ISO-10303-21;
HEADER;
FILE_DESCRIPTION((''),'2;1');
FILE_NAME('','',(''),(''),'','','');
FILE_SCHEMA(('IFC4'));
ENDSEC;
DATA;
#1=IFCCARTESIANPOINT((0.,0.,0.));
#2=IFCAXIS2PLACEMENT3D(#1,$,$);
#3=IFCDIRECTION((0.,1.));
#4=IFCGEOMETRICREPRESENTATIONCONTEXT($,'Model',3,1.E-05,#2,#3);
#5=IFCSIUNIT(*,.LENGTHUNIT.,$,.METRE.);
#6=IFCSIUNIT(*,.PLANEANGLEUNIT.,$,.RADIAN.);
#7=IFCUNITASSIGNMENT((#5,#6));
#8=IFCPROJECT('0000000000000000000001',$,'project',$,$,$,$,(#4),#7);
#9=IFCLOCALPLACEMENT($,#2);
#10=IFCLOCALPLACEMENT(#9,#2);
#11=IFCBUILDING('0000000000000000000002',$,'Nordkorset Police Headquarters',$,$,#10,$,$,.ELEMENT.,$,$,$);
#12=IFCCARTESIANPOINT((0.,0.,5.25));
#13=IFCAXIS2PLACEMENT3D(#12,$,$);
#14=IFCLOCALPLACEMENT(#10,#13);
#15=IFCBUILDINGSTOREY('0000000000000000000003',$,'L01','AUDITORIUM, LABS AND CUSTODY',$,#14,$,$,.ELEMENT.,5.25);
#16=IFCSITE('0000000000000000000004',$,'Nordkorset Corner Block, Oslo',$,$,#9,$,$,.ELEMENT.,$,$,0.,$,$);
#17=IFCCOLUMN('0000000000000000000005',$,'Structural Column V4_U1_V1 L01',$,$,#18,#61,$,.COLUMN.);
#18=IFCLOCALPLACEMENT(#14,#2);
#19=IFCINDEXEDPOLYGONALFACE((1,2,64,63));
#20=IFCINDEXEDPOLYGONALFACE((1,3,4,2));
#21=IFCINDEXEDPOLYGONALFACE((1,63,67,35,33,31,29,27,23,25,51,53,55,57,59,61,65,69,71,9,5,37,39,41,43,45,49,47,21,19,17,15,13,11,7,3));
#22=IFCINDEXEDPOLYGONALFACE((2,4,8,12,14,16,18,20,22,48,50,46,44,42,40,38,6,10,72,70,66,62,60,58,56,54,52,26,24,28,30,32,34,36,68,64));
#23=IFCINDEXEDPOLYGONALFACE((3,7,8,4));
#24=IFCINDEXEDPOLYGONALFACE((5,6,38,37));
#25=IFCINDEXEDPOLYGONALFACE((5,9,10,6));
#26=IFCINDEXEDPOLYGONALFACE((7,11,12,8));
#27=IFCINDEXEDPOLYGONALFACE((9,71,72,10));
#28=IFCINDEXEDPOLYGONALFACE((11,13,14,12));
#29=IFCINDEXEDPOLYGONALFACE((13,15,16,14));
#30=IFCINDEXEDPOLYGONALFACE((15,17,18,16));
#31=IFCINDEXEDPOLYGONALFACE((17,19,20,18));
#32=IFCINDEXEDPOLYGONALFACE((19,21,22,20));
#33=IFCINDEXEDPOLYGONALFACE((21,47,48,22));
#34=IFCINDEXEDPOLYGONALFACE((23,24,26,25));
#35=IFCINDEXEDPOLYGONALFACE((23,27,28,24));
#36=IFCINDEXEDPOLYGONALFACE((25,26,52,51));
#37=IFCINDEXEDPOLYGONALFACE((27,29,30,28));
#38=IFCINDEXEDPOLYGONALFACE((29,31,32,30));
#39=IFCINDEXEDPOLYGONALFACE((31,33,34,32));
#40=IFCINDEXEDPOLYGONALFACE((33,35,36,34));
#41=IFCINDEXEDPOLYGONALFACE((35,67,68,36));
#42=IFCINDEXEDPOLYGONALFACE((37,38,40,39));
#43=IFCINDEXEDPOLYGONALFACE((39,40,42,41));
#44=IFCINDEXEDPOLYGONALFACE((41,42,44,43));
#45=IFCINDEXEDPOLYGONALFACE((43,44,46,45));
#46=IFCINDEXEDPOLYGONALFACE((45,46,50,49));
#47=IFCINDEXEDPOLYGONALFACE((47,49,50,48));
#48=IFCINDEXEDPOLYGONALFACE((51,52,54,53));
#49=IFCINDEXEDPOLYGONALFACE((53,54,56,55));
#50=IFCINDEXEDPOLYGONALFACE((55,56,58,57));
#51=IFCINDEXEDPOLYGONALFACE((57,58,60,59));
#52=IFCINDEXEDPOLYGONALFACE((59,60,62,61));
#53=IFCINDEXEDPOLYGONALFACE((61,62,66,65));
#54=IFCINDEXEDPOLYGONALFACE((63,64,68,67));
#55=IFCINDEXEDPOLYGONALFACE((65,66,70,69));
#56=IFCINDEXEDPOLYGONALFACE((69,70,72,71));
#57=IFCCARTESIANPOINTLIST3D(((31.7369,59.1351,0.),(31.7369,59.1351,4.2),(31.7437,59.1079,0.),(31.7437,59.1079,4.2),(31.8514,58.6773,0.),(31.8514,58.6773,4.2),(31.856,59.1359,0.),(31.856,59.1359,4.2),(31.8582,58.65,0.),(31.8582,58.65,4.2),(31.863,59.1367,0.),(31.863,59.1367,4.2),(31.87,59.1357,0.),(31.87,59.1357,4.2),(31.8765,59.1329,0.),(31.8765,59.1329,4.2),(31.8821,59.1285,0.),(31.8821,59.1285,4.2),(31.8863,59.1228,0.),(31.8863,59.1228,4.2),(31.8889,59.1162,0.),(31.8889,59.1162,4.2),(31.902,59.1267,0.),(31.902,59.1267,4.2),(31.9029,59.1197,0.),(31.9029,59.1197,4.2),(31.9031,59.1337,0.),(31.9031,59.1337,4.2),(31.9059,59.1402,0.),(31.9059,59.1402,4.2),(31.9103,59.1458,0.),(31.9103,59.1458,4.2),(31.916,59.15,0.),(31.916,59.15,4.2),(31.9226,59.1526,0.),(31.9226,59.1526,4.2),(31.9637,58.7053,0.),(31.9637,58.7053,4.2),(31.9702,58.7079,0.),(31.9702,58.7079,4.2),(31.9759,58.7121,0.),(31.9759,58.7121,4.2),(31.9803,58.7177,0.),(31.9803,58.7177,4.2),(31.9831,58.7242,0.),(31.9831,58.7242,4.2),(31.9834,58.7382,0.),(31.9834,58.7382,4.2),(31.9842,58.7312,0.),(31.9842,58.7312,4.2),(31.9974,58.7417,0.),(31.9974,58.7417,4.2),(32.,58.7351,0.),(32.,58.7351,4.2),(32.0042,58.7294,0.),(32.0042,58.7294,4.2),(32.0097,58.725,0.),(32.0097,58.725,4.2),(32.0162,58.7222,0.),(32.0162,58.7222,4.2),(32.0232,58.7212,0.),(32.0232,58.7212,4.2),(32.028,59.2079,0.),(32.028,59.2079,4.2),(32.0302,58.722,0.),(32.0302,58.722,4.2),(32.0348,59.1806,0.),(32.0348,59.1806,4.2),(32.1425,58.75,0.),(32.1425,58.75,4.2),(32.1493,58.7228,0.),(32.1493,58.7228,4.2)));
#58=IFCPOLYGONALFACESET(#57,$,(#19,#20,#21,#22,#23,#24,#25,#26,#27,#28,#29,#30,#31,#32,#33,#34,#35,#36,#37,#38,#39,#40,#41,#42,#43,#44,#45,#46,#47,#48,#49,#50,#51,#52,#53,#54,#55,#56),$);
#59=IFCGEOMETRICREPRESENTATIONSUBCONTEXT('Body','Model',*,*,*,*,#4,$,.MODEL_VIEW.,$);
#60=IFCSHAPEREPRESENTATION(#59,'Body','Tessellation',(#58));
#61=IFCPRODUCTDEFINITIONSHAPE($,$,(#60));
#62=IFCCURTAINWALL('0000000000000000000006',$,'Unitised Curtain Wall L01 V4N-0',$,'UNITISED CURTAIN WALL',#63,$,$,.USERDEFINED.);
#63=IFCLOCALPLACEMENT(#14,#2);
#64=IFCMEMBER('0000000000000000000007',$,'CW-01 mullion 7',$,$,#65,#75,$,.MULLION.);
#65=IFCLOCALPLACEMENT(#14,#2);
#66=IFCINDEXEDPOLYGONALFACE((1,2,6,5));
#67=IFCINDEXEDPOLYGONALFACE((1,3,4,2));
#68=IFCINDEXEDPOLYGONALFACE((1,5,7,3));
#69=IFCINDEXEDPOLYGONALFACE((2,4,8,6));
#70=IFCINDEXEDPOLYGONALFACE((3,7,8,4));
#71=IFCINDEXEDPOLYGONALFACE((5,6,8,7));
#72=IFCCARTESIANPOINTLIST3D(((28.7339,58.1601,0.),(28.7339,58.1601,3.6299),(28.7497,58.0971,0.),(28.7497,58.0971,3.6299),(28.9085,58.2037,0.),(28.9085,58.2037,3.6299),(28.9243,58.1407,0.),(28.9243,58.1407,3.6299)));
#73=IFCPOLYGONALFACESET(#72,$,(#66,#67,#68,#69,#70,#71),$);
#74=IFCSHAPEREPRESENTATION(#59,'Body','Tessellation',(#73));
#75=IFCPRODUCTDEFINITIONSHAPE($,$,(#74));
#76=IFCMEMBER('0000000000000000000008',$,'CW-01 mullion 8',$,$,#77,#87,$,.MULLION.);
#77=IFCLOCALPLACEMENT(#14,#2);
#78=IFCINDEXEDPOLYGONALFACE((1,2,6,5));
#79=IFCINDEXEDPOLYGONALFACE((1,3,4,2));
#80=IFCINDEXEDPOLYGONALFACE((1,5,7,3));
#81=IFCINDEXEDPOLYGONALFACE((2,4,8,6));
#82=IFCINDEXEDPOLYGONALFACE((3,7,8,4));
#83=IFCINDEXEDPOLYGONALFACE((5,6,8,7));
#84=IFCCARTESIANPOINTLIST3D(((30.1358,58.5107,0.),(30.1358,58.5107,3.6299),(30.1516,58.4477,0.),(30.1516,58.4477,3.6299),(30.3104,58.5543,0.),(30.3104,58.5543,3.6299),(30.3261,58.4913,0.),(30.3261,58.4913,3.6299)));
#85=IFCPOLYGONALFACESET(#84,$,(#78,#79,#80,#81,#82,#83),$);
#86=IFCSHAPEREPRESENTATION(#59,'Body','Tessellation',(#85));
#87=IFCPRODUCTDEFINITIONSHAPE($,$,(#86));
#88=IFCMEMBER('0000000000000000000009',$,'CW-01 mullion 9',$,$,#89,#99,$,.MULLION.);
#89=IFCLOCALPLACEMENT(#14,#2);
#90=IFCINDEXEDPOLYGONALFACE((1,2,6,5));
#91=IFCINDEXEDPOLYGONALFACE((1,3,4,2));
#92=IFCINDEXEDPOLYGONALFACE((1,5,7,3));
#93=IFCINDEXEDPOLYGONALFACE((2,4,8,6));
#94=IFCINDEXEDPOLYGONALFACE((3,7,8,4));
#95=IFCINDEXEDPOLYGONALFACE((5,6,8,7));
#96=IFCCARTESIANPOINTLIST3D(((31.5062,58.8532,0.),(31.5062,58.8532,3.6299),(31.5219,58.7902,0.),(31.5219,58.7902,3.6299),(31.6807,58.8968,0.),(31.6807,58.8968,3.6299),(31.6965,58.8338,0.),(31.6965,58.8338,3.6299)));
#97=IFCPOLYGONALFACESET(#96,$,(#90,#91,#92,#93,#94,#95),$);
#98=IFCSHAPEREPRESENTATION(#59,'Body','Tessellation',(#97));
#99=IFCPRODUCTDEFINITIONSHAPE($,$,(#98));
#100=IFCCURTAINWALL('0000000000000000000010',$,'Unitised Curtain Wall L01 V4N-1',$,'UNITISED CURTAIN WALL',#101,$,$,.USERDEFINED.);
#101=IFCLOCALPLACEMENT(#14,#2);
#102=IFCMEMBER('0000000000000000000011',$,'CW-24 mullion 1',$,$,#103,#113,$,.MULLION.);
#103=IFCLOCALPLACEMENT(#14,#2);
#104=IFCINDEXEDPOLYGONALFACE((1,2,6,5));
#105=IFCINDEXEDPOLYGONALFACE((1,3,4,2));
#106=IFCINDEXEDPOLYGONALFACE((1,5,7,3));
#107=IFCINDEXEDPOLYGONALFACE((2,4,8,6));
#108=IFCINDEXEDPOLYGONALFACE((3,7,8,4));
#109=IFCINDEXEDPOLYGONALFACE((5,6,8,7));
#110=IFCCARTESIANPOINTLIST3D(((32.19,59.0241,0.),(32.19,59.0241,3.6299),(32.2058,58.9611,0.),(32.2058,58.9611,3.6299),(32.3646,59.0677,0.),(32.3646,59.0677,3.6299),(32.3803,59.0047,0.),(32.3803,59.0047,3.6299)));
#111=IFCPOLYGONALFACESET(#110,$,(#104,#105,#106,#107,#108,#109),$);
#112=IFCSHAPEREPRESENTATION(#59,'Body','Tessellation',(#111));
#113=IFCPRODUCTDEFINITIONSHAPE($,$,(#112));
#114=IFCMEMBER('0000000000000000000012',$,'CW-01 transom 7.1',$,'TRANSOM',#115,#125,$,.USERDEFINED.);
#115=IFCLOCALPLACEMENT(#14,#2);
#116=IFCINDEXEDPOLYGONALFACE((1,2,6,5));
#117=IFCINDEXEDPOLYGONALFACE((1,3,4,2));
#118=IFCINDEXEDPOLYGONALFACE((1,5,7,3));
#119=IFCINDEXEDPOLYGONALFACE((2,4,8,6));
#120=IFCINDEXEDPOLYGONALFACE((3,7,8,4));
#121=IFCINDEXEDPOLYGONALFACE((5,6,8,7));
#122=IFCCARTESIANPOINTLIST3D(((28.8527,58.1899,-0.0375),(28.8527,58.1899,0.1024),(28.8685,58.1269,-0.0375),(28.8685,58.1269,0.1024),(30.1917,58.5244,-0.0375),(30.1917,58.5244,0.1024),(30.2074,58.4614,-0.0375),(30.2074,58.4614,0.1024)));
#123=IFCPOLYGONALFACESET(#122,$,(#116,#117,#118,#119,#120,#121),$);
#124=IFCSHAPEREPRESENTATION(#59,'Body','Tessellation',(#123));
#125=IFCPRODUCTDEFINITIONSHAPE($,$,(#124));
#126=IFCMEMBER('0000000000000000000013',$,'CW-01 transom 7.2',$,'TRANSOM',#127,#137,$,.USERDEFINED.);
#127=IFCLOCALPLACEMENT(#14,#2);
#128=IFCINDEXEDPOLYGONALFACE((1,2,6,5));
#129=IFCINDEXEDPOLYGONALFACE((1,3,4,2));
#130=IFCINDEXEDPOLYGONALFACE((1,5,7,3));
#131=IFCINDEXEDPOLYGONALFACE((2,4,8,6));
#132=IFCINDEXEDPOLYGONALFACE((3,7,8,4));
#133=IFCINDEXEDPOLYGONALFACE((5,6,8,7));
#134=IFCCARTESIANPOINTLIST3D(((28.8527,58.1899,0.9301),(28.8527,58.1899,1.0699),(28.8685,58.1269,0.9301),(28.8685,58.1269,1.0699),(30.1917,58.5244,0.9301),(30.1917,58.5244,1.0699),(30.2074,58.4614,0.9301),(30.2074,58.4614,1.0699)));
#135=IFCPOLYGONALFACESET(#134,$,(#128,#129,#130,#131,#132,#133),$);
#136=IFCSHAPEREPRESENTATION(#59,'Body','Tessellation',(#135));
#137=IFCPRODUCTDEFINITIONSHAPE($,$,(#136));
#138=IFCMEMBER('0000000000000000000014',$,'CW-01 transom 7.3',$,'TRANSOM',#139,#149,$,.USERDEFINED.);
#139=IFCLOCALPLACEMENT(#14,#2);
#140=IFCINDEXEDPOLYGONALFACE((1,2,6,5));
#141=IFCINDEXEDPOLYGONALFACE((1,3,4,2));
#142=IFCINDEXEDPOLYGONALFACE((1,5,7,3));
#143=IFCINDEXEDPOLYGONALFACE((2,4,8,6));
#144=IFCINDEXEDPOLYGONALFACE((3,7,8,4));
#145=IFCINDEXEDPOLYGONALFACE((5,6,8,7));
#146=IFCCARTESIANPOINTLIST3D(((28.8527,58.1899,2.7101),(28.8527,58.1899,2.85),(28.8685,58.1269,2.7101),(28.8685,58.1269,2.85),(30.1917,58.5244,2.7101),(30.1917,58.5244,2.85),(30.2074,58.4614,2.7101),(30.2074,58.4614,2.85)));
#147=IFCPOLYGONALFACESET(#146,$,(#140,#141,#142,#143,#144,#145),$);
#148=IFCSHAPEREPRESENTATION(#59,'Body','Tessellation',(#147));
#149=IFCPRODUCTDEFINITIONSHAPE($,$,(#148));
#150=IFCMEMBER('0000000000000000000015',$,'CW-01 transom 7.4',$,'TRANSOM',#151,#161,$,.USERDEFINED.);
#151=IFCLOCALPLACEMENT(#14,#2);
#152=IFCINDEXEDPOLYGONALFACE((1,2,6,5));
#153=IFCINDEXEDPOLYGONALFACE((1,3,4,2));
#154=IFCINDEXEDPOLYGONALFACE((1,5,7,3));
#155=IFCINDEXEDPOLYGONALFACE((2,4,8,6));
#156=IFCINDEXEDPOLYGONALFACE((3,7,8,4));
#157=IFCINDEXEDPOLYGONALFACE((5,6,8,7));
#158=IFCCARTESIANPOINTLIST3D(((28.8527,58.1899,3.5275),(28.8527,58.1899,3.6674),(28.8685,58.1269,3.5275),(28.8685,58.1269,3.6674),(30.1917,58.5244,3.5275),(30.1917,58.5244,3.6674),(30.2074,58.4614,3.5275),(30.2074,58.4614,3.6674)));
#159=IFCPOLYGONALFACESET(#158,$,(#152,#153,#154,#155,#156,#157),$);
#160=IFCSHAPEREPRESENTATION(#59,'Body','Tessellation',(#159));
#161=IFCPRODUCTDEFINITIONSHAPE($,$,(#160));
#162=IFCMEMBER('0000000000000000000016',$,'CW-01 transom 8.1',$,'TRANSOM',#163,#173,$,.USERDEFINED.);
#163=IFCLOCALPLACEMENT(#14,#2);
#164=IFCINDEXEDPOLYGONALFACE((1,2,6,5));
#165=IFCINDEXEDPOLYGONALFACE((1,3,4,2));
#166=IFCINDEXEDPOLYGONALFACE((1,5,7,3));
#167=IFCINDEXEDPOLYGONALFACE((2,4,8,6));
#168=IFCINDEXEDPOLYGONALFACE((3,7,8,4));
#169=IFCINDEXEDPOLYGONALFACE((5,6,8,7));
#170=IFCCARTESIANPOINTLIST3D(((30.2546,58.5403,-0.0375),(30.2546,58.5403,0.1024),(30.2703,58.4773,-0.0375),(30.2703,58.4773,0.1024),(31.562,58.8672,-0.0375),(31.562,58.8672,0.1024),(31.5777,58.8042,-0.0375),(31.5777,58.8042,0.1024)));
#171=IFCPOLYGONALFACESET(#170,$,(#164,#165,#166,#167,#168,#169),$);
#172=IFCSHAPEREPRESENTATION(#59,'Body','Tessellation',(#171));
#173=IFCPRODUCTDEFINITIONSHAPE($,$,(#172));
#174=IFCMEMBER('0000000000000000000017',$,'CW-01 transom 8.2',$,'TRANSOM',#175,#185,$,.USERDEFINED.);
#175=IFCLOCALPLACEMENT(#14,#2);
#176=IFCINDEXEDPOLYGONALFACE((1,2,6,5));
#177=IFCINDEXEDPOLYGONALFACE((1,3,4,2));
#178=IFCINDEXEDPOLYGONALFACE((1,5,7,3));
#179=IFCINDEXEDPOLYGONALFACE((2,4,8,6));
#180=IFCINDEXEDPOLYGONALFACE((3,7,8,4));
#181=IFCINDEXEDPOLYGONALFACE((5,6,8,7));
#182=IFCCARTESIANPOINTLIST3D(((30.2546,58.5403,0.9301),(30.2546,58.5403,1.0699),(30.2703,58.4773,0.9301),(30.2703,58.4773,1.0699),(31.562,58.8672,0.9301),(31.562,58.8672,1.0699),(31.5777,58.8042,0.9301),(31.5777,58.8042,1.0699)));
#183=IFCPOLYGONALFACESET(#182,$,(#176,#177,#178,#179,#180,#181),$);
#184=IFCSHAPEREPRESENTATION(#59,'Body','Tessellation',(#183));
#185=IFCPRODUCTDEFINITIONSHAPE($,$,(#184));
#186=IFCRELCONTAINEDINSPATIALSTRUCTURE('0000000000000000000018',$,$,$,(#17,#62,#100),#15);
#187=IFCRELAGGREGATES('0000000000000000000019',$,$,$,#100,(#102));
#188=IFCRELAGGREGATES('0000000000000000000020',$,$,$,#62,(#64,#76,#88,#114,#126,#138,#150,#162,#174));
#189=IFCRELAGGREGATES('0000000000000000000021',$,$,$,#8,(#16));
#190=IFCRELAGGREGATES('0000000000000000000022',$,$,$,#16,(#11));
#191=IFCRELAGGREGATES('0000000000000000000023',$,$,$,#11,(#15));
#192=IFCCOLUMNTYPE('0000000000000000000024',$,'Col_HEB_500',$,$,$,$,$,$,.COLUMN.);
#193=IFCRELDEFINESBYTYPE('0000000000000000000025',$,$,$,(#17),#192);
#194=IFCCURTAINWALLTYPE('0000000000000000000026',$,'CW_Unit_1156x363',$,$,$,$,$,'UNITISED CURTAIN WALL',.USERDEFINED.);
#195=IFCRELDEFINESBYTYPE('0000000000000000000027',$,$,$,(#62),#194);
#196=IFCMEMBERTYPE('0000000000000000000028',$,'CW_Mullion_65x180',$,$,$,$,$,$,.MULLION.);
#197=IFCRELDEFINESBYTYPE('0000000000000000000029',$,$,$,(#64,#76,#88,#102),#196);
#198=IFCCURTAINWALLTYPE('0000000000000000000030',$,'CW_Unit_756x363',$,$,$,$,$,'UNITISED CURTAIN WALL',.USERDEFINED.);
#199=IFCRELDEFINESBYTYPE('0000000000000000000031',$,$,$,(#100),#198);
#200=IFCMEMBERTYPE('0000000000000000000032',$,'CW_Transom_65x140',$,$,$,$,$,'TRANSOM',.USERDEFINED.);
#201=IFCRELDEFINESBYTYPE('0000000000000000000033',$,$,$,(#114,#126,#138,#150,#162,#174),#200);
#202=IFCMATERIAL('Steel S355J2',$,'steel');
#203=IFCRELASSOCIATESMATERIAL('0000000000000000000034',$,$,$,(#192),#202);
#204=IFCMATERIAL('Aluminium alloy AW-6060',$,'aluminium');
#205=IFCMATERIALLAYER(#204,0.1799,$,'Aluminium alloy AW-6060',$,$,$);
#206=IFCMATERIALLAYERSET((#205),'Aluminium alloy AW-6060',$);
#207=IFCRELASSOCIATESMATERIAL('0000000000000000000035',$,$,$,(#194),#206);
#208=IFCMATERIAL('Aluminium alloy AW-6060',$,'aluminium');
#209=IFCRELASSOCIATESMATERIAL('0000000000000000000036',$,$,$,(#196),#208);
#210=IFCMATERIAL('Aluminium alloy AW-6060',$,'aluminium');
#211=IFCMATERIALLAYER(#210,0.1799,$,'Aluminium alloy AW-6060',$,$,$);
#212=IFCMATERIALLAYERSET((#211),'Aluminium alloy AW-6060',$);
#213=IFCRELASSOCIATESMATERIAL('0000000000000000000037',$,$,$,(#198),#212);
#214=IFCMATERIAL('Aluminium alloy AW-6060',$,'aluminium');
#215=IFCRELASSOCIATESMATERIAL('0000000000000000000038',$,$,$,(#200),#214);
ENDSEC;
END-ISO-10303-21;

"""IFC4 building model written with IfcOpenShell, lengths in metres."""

from ifc_helpers import new_model, si_unit, direction, frame, origin, origin_2d, place, context, subcontext, project, spatial, rectangle, i_section, extrude, material, layer, layer_set, material_profile, profile_set, type_object, element, aggregate, save


model = new_model("IFC4")

# Units and contexts
model_context = context("Model", 3, precision=1e-05, world=origin(), true_north=direction((0.0, 1.0)))
body_context = subcontext(model_context, "Body", "Model", "MODEL_VIEW")
ifc_project = project(units=[si_unit("LENGTHUNIT", "METRE"), si_unit("PLANEANGLEUNIT", "RADIAN")], contexts=[model_context])

# Site, building, storey
site_placement = place(None, origin())
site = spatial("IfcSite", under=ifc_project, at=site_placement, Name="Nordkorset Corner Block, Oslo", CompositionType="ELEMENT", RefElevation=0.0)
building_placement = place(site_placement, origin())
building = spatial("IfcBuilding", under=site, at=building_placement, Name="Nordkorset Police Headquarters", CompositionType="ELEMENT")
storey_placement = place(building_placement, frame((0.0, 0.0, 5.25)))
storey = spatial("IfcBuildingStorey", under=building, at=storey_placement, Name="L01", Description="AUDITORIUM, LABS AND CUSTODY", CompositionType="ELEMENT", Elevation=5.25)

# Column
ifc_material_1 = material(Name="Steel S355J2", Category="steel")
ifc_material_profile_1 = material_profile(ifc_material_1, i_section(OverallWidth=0.3, OverallDepth=0.5, WebThickness=0.0144, FlangeThickness=0.0281, FilletRadius=0.0271, at=origin_2d()), Name="HEB 500")
ifc_profile_set_1 = profile_set([ifc_material_profile_1], Name="Steel S355J2")
column_type = type_object("IfcColumnType", Name="Col_HEB_500", PredefinedType="COLUMN", material=ifc_profile_set_1)
column_placement = place(storey_placement, frame((31.9431, 58.929, 0.0), z_axis=(0.0, 0.0, 1.0), x_axis=(0.970143, 0.242536, 0.0)))
element("IfcColumn", 1, at=column_placement, inside=storey, type_object=column_type, Name="Structural Column V4_U1_V1 L01", PredefinedType="COLUMN", context=body_context, shape_type="SweptSolid", body=[
    extrude(i_section(OverallWidth=0.3, OverallDepth=0.5, WebThickness=0.0144, FlangeThickness=0.0281, FilletRadius=0.0271, at=origin_2d()), origin(), (0.0, 0.0, 1.0), 4.2),
])

# Curtain wall, members
ifc_material_2 = material(Name="Aluminium alloy AW-6060", Category="aluminium")
ifc_layer_1 = layer(ifc_material_2, 0.1799, Name="Aluminium alloy AW-6060")
ifc_layer_set_1 = layer_set([ifc_layer_1], Name="Aluminium alloy AW-6060")
curtain_wall_type_1 = type_object("IfcCurtainWallType", Name="CW_Unit_1156x363", ElementType="UNITISED CURTAIN WALL", PredefinedType="USERDEFINED", material=ifc_layer_set_1)
curtain_wall_1_placement = place(storey_placement, origin())
curtain_wall_1 = element("IfcCurtainWall", 2, at=curtain_wall_1_placement, inside=storey, type_object=curtain_wall_type_1, Name="Unitised Curtain Wall L01 V4N-0", ObjectType="UNITISED CURTAIN WALL", PredefinedType="USERDEFINED")
ifc_material_3 = material(Name="Aluminium alloy AW-6060", Category="aluminium")
ifc_material_profile_2 = material_profile(ifc_material_3, rectangle(XDim=0.0649, YDim=0.1799, at=origin_2d()), Name="ALU MULL 65x180")
ifc_profile_set_2 = profile_set([ifc_material_profile_2], Name="Aluminium alloy AW-6060")
member_type_1 = type_object("IfcMemberType", Name="CW_Mullion_65x180", PredefinedType="MULLION", material=ifc_profile_set_2)
member_1_placement = place(storey_placement, frame((28.8291, 58.1504, 0.0), z_axis=(0.0, 0.0, 1.0), x_axis=(-0.242536, 0.970142, 0.0)))
member_1 = element("IfcMember", 3, at=member_1_placement, type_object=member_type_1, Name="CW-01 mullion 7", PredefinedType="MULLION", context=body_context, shape_type="SweptSolid", body=[
    extrude(rectangle(XDim=0.0649, YDim=0.1799, at=origin_2d()), origin(), (0.0, 0.0, 1.0), 3.6299),
])
member_2_placement = place(storey_placement, frame((30.231, 58.501, 0.0), z_axis=(0.0, 0.0, 1.0), x_axis=(-0.242536, 0.970142, 0.0)))
member_2 = element("IfcMember", 4, at=member_2_placement, type_object=member_type_1, Name="CW-01 mullion 8", PredefinedType="MULLION", context=body_context, shape_type="SweptSolid", body=[
    extrude(rectangle(XDim=0.0649, YDim=0.1799, at=origin_2d()), origin(), (0.0, 0.0, 1.0), 3.6299),
])
member_3_placement = place(storey_placement, frame((31.6013, 58.8435, 0.0), z_axis=(0.0, 0.0, 1.0), x_axis=(-0.242536, 0.970142, 0.0)))
member_3 = element("IfcMember", 5, at=member_3_placement, type_object=member_type_1, Name="CW-01 mullion 9", PredefinedType="MULLION", context=body_context, shape_type="SweptSolid", body=[
    extrude(rectangle(XDim=0.0649, YDim=0.1799, at=origin_2d()), origin(), (0.0, 0.0, 1.0), 3.6299),
])

# Curtain wall, member
ifc_material_4 = material(Name="Aluminium alloy AW-6060", Category="aluminium")
ifc_layer_2 = layer(ifc_material_4, 0.1799, Name="Aluminium alloy AW-6060")
ifc_layer_set_2 = layer_set([ifc_layer_2], Name="Aluminium alloy AW-6060")
curtain_wall_type_2 = type_object("IfcCurtainWallType", Name="CW_Unit_756x363", ElementType="UNITISED CURTAIN WALL", PredefinedType="USERDEFINED", material=ifc_layer_set_2)
curtain_wall_2_placement = place(storey_placement, origin())
curtain_wall_2 = element("IfcCurtainWall", 6, at=curtain_wall_2_placement, inside=storey, type_object=curtain_wall_type_2, Name="Unitised Curtain Wall L01 V4N-1", ObjectType="UNITISED CURTAIN WALL", PredefinedType="USERDEFINED")
member_4_placement = place(storey_placement, frame((32.2852, 59.0144, 0.0), z_axis=(0.0, 0.0, 1.0), x_axis=(-0.242536, 0.970143, 0.0)))
member_4 = element("IfcMember", 7, at=member_4_placement, type_object=member_type_1, Name="CW-24 mullion 1", PredefinedType="MULLION", context=body_context, shape_type="SweptSolid", body=[
    extrude(rectangle(XDim=0.0649, YDim=0.1799, at=origin_2d()), origin(), (0.0, 0.0, 1.0), 3.6299),
])

# Members
ifc_material_5 = material(Name="Aluminium alloy AW-6060", Category="aluminium")
ifc_material_profile_3 = material_profile(ifc_material_5, rectangle(XDim=0.0649, YDim=0.1399, at=origin_2d()), Name="ALU TRAN 65x140")
ifc_profile_set_3 = profile_set([ifc_material_profile_3], Name="Aluminium alloy AW-6060")
member_type_2 = type_object("IfcMemberType", Name="CW_Transom_65x140", ElementType="TRANSOM", PredefinedType="USERDEFINED", material=ifc_profile_set_3)
member_5_placement = place(storey_placement, frame((28.8606, 58.1584, 0.0325), z_axis=(0.970184, 0.242369, 0.0), x_axis=(-0.242369, 0.970184, 0.0)))
member_5 = element("IfcMember", 8, at=member_5_placement, type_object=member_type_2, Name="CW-01 transom 7.1", ObjectType="TRANSOM", PredefinedType="USERDEFINED", context=body_context, shape_type="SweptSolid", body=[
    extrude(rectangle(XDim=0.0649, YDim=0.1399, at=origin_2d()), origin(), (0.0, 0.0, 1.0), 1.3801),
])
member_6_placement = place(storey_placement, frame((28.8606, 58.1584, 1.0), z_axis=(0.970184, 0.242369, 0.0), x_axis=(-0.242369, 0.970184, 0.0)))
member_6 = element("IfcMember", 9, at=member_6_placement, type_object=member_type_2, Name="CW-01 transom 7.2", ObjectType="TRANSOM", PredefinedType="USERDEFINED", context=body_context, shape_type="SweptSolid", body=[
    extrude(rectangle(XDim=0.0649, YDim=0.1399, at=origin_2d()), origin(), (0.0, 0.0, 1.0), 1.3801),
])
member_7_placement = place(storey_placement, frame((28.8606, 58.1584, 2.78), z_axis=(0.970184, 0.242369, 0.0), x_axis=(-0.242369, 0.970184, 0.0)))
member_7 = element("IfcMember", 10, at=member_7_placement, type_object=member_type_2, Name="CW-01 transom 7.3", ObjectType="TRANSOM", PredefinedType="USERDEFINED", context=body_context, shape_type="SweptSolid", body=[
    extrude(rectangle(XDim=0.0649, YDim=0.1399, at=origin_2d()), origin(), (0.0, 0.0, 1.0), 1.3801),
])
member_8_placement = place(storey_placement, frame((28.8606, 58.1584, 3.5974), z_axis=(0.970184, 0.242369, 0.0), x_axis=(-0.242369, 0.970184, 0.0)))
member_8 = element("IfcMember", 11, at=member_8_placement, type_object=member_type_2, Name="CW-01 transom 7.4", ObjectType="TRANSOM", PredefinedType="USERDEFINED", context=body_context, shape_type="SweptSolid", body=[
    extrude(rectangle(XDim=0.0649, YDim=0.1399, at=origin_2d()), origin(), (0.0, 0.0, 1.0), 1.3801),
])
member_9_placement = place(storey_placement, frame((30.2625, 58.5088, 0.0325), z_axis=(0.970132, 0.242578, 0.0), x_axis=(-0.242578, 0.970132, 0.0)))
member_9 = element("IfcMember", 12, at=member_9_placement, type_object=member_type_2, Name="CW-01 transom 8.1", ObjectType="TRANSOM", PredefinedType="USERDEFINED", context=body_context, shape_type="SweptSolid", body=[
    extrude(rectangle(XDim=0.0649, YDim=0.1399, at=origin_2d()), origin(), (0.0, 0.0, 1.0), 1.3477),
])
member_10_placement = place(storey_placement, frame((30.2625, 58.5088, 1.0), z_axis=(0.970132, 0.242578, 0.0), x_axis=(-0.242578, 0.970132, 0.0)))
member_10 = element("IfcMember", 13, at=member_10_placement, type_object=member_type_2, Name="CW-01 transom 8.2", ObjectType="TRANSOM", PredefinedType="USERDEFINED", context=body_context, shape_type="SweptSolid", body=[
    extrude(rectangle(XDim=0.0649, YDim=0.1399, at=origin_2d()), origin(), (0.0, 0.0, 1.0), 1.3477),
])
aggregate(curtain_wall_2, [member_4])

aggregate(curtain_wall_1, [member_1, member_2, member_3, member_5, member_6, member_7, member_8, member_9, member_10])

save(model, "model.ifc")
